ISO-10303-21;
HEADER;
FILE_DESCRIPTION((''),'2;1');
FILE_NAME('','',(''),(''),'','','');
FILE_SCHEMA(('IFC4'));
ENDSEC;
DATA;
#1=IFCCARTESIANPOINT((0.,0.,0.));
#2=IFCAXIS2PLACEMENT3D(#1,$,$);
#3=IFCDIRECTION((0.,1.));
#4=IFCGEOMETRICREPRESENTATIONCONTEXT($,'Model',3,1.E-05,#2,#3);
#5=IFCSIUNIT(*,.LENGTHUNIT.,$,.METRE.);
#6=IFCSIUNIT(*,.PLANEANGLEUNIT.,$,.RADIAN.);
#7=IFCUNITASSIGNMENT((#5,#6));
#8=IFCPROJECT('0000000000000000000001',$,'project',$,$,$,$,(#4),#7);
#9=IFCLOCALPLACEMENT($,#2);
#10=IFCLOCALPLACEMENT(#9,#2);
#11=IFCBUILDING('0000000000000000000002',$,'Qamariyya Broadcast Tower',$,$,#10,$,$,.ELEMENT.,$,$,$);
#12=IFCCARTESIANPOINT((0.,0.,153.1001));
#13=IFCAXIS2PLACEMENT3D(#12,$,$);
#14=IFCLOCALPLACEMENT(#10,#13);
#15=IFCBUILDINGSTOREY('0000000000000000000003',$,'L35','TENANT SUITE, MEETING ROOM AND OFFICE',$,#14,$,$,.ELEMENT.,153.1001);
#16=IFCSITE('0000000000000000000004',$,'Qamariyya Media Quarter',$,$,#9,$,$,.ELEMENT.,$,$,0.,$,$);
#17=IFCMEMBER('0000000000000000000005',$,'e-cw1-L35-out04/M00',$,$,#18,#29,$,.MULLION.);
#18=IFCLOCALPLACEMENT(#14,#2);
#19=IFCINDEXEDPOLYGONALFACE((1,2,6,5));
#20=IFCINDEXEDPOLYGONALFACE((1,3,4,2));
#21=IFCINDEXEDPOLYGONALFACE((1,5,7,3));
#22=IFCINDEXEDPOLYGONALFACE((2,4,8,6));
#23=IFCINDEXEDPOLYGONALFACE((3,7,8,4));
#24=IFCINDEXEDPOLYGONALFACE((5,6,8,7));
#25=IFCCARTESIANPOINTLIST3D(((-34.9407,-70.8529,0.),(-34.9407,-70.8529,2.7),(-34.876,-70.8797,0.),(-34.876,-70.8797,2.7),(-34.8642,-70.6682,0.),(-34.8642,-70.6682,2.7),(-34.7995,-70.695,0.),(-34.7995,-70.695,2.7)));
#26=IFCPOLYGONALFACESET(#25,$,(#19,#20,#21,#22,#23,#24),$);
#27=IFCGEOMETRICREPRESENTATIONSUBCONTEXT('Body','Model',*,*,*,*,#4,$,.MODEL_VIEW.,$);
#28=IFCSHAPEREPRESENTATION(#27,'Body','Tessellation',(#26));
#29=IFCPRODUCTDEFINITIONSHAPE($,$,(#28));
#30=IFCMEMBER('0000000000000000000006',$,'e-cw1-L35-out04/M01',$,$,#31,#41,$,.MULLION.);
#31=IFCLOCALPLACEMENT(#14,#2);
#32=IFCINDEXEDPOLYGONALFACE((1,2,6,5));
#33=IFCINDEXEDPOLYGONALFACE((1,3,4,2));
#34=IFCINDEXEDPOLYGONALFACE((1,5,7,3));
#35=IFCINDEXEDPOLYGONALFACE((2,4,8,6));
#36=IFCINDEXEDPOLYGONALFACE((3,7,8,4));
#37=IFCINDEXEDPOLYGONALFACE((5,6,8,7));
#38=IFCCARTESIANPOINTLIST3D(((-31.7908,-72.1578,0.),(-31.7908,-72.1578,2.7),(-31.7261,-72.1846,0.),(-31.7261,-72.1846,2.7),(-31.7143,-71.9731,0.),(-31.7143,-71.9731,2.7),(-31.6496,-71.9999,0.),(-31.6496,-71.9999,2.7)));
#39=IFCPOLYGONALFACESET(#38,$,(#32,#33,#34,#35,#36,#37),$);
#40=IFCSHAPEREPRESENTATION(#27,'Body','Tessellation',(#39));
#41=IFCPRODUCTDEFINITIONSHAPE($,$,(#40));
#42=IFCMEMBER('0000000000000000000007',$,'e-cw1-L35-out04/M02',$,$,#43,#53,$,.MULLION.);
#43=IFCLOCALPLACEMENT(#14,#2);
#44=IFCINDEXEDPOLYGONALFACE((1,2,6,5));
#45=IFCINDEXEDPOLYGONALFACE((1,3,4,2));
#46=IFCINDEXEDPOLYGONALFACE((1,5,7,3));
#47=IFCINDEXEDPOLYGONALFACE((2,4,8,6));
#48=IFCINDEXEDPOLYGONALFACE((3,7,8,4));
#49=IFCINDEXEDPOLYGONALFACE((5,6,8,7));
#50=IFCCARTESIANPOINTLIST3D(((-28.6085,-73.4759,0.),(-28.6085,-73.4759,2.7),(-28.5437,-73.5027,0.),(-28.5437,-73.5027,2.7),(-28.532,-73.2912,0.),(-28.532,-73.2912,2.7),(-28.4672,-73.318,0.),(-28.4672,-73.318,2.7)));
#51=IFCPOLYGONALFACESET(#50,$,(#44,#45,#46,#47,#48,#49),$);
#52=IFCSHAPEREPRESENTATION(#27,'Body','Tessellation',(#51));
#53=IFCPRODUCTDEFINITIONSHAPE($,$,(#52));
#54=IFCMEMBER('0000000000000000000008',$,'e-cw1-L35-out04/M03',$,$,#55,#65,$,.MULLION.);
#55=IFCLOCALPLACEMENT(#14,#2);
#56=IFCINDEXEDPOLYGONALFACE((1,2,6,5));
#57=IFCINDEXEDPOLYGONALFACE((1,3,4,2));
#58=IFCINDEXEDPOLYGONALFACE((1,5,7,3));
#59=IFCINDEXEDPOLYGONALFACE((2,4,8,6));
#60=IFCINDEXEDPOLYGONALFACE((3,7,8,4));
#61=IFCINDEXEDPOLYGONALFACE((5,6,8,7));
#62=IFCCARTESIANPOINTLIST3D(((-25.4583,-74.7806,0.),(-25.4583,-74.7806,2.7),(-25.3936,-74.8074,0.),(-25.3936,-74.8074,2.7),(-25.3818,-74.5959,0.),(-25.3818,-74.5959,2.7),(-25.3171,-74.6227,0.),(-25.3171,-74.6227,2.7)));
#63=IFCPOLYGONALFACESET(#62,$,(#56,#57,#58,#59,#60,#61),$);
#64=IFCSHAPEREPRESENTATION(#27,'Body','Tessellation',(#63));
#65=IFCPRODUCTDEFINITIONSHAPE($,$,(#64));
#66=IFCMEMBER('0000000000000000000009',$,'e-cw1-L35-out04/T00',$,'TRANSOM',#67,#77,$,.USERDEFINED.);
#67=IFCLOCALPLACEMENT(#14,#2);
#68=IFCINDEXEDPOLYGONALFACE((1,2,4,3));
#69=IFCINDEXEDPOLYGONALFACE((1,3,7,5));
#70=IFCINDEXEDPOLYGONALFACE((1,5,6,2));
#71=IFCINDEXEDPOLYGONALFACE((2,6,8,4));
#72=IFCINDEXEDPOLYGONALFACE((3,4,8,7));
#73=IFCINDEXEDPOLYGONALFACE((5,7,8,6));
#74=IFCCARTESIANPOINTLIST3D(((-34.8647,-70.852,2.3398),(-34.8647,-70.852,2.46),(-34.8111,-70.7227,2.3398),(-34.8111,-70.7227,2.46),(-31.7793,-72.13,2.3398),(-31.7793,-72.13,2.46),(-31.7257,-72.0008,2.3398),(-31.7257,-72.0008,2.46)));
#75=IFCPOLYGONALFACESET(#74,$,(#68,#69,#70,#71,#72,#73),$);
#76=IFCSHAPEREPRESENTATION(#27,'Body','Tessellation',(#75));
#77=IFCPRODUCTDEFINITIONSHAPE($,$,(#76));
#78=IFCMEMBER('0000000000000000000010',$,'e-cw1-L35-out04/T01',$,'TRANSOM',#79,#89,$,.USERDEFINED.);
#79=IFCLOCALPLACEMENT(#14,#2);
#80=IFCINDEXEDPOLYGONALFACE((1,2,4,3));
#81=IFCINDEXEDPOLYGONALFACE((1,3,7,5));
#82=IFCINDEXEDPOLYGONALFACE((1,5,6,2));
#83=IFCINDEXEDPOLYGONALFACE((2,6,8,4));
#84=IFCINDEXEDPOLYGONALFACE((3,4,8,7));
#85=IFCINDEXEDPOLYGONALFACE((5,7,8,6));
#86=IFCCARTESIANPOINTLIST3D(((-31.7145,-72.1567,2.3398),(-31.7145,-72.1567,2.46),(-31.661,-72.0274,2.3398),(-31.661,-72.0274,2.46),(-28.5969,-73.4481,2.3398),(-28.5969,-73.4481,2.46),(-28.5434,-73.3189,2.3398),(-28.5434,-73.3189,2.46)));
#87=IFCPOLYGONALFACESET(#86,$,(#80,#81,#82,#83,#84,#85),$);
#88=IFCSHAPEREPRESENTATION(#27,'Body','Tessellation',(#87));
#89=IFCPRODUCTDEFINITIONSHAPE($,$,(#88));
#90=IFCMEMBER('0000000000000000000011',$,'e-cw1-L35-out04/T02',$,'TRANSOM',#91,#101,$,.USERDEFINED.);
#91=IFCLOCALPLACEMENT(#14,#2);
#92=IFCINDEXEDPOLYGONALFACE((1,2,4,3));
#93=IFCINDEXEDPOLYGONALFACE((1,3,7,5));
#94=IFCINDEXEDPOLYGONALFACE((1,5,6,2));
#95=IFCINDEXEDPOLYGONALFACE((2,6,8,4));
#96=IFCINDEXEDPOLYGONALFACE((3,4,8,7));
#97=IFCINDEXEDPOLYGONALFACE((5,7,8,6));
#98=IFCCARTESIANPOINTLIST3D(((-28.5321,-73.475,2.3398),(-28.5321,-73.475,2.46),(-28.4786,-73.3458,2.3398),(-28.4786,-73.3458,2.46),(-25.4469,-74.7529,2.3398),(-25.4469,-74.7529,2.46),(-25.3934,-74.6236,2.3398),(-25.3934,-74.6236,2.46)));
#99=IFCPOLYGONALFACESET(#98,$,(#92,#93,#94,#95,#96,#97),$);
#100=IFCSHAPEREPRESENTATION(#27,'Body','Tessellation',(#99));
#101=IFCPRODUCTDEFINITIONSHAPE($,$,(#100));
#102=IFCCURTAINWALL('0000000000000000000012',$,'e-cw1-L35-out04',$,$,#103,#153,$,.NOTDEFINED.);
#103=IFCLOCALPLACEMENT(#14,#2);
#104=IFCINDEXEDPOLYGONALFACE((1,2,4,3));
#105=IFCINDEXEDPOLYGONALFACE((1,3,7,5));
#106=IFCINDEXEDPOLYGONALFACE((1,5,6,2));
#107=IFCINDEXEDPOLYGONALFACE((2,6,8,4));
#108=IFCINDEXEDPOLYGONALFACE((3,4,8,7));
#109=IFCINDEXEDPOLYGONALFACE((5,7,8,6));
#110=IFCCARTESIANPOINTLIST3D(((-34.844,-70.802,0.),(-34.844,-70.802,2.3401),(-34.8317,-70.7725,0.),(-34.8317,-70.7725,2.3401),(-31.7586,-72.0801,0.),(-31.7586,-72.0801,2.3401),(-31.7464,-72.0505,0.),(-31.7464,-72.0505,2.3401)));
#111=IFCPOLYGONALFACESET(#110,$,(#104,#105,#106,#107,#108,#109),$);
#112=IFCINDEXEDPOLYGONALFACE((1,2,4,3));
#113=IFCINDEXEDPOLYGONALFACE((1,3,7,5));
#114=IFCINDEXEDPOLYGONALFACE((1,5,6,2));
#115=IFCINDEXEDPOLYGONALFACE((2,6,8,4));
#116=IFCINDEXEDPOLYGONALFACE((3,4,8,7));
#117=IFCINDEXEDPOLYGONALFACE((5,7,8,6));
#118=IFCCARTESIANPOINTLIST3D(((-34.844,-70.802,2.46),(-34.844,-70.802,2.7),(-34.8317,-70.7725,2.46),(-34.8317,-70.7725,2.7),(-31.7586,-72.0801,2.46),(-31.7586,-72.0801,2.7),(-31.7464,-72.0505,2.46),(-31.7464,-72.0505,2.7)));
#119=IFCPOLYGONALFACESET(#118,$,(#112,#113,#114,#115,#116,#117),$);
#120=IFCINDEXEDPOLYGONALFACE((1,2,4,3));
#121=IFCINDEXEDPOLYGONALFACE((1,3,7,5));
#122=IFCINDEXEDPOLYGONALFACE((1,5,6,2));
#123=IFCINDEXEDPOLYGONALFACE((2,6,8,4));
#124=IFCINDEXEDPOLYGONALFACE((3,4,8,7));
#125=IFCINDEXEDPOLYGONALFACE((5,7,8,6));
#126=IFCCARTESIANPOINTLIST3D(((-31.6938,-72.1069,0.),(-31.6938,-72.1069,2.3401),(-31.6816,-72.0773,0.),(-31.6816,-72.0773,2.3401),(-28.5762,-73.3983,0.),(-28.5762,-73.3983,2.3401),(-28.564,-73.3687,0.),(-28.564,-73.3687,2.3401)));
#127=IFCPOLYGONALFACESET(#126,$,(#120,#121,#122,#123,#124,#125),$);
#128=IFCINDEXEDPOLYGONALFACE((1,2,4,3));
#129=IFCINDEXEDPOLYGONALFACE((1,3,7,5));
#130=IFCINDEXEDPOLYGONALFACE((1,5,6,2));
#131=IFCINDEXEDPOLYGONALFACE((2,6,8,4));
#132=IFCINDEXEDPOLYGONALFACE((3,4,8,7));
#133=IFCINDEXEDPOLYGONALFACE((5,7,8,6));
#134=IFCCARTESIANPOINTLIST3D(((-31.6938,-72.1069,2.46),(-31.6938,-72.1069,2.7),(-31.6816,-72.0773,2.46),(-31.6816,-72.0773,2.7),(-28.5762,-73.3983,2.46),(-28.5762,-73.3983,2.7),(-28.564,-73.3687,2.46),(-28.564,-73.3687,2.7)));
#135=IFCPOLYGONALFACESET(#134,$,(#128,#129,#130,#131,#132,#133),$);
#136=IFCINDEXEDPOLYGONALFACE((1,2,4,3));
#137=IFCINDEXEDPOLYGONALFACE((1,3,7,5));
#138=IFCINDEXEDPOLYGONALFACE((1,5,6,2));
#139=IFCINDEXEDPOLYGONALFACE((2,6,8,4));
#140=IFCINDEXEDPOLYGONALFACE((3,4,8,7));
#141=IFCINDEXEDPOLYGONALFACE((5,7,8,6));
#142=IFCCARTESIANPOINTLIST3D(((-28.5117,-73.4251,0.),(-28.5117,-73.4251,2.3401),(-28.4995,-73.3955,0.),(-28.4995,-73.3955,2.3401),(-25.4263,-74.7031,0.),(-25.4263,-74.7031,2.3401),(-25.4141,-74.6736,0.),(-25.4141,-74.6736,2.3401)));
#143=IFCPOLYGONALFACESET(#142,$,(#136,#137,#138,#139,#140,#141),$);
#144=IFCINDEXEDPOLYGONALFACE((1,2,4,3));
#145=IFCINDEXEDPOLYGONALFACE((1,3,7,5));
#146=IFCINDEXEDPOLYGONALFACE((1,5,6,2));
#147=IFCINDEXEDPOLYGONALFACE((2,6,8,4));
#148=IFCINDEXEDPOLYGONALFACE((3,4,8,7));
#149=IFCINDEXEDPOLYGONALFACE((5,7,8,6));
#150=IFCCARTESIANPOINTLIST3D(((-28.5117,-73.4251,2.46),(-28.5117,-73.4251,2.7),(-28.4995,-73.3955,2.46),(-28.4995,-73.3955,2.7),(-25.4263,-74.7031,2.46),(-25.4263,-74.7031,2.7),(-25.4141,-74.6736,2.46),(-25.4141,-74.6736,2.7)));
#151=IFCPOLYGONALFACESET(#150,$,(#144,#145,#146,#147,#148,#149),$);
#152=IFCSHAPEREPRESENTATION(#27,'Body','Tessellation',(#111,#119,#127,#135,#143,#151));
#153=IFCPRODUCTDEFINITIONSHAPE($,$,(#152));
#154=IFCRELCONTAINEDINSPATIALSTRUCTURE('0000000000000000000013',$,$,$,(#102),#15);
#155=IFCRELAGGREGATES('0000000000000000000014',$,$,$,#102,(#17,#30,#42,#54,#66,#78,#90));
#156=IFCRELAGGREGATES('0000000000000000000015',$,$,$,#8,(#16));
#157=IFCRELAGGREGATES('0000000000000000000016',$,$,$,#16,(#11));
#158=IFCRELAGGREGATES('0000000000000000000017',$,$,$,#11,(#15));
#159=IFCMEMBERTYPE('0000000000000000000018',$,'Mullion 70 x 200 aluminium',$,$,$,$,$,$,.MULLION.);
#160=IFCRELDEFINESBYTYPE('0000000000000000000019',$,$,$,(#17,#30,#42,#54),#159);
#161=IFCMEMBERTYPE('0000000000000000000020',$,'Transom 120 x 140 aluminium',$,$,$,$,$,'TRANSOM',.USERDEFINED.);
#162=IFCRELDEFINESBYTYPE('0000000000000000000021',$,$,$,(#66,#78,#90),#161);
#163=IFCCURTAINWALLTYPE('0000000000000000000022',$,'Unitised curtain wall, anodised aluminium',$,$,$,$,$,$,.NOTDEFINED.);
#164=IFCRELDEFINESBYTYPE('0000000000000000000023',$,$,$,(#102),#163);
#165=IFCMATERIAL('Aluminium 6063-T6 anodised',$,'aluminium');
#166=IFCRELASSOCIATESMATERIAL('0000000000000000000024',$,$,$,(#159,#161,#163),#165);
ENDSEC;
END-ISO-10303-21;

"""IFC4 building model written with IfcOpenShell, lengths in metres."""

from ifc_helpers import new_model, si_unit, direction, frame, origin, origin_2d, place, context, subcontext, project, spatial, rectangle, extrude, material, material_profile, profile_set, type_object, element, aggregate, save


model = new_model("IFC4")

# Units and contexts
model_context = context("Model", 3, precision=1e-05, world=origin(), true_north=direction((0.0, 1.0)))
body_context = subcontext(model_context, "Body", "Model", "MODEL_VIEW")
ifc_project = project(units=[si_unit("LENGTHUNIT", "METRE"), si_unit("PLANEANGLEUNIT", "RADIAN")], contexts=[model_context])

# Members
ifc_material = material(Name="Aluminium 6063-T6 anodised", Category="aluminium")
ifc_material_profile_1 = material_profile(ifc_material, rectangle(XDim=0.2, YDim=0.0701, at=origin_2d()))
ifc_profile_set_1 = profile_set([ifc_material_profile_1], Name="Aluminium 6063-T6 anodised")
member_type_1 = type_object("IfcMemberType", Name="Mullion 70 x 200 aluminium", PredefinedType="MULLION", material=ifc_profile_set_1)
site_placement = place(None, origin())
building_placement = place(site_placement, origin())
storey_placement = place(building_placement, frame((0.0, 0.0, 153.1001)))
member_1_placement = place(storey_placement, frame((-34.8701, -70.7739, 0.0), z_axis=(0.0, 0.0, 1.0), x_axis=(0.382683, 0.92388, 0.0)))
member_1 = element("IfcMember", 1, at=member_1_placement, type_object=member_type_1, Name="e-cw1-L35-out04/M00", PredefinedType="MULLION", context=body_context, shape_type="SweptSolid", body=[
    extrude(rectangle(XDim=0.2, YDim=0.0701, at=origin_2d()), origin(), (0.0, 0.0, 1.0), 2.7),
])
member_2_placement = place(storey_placement, frame((-31.7202, -72.0789, 0.0), z_axis=(0.0, 0.0, 1.0), x_axis=(0.382683, 0.92388, 0.0)))
member_2 = element("IfcMember", 2, at=member_2_placement, type_object=member_type_1, Name="e-cw1-L35-out04/M01", PredefinedType="MULLION", context=body_context, shape_type="SweptSolid", body=[
    extrude(rectangle(XDim=0.2, YDim=0.0701, at=origin_2d()), origin(), (0.0, 0.0, 1.0), 2.7),
])
member_3_placement = place(storey_placement, frame((-28.5378, -73.397, 0.0), z_axis=(0.0, 0.0, 1.0), x_axis=(0.382683, 0.92388, 0.0)))
member_3 = element("IfcMember", 3, at=member_3_placement, type_object=member_type_1, Name="e-cw1-L35-out04/M02", PredefinedType="MULLION", context=body_context, shape_type="SweptSolid", body=[
    extrude(rectangle(XDim=0.2, YDim=0.0701, at=origin_2d()), origin(), (0.0, 0.0, 1.0), 2.7),
])
member_4_placement = place(storey_placement, frame((-25.3877, -74.7017, 0.0), z_axis=(0.0, 0.0, 1.0), x_axis=(0.382683, 0.92388, 0.0)))
member_4 = element("IfcMember", 4, at=member_4_placement, type_object=member_type_1, Name="e-cw1-L35-out04/M03", PredefinedType="MULLION", context=body_context, shape_type="SweptSolid", body=[
    extrude(rectangle(XDim=0.2, YDim=0.0701, at=origin_2d()), origin(), (0.0, 0.0, 1.0), 2.7),
])
ifc_material_profile_2 = material_profile(ifc_material, rectangle(XDim=0.1399, YDim=0.1201, at=origin_2d()))
ifc_profile_set_2 = profile_set([ifc_material_profile_2], Name="Aluminium 6063-T6 anodised")
member_type_2 = type_object("IfcMemberType", Name="Transom 120 x 140 aluminium", ElementType="TRANSOM", PredefinedType="USERDEFINED", material=ifc_profile_set_2)
member_5_placement = place(storey_placement, frame((-34.8379, -70.7874, 2.3999), z_axis=(0.923875, -0.382694, 0.0), x_axis=(0.382694, 0.923875, 0.0)))
member_5 = element("IfcMember", 5, at=member_5_placement, type_object=member_type_2, Name="e-cw1-L35-out04/T00", ObjectType="TRANSOM", PredefinedType="USERDEFINED", context=body_context, shape_type="SweptSolid", body=[
    extrude(rectangle(XDim=0.1399, YDim=0.1201, at=origin_2d()), origin(), (0.0, 0.0, 1.0), 3.3396),
])
member_6_placement = place(storey_placement, frame((-31.6877, -72.092, 2.3999), z_axis=(0.923867, -0.382714, 0.0), x_axis=(0.382714, 0.923867, 0.0)))
member_6 = element("IfcMember", 6, at=member_6_placement, type_object=member_type_2, Name="e-cw1-L35-out04/T01", ObjectType="TRANSOM", PredefinedType="USERDEFINED", context=body_context, shape_type="SweptSolid", body=[
    extrude(rectangle(XDim=0.1399, YDim=0.1201, at=origin_2d()), origin(), (0.0, 0.0, 1.0), 3.3745),
])
member_7_placement = place(storey_placement, frame((-28.5054, -73.4104, 2.3999), z_axis=(0.92389, -0.382657, 0.0), x_axis=(0.382657, 0.92389, 0.0)))
member_7 = element("IfcMember", 7, at=member_7_placement, type_object=member_type_2, Name="e-cw1-L35-out04/T02", ObjectType="TRANSOM", PredefinedType="USERDEFINED", context=body_context, shape_type="SweptSolid", body=[
    extrude(rectangle(XDim=0.1399, YDim=0.1201, at=origin_2d()), origin(), (0.0, 0.0, 1.0), 3.3394),
])

# Site, building, storey
site = spatial("IfcSite", under=ifc_project, at=site_placement, Name="Qamariyya Media Quarter", CompositionType="ELEMENT", RefElevation=0.0)
building = spatial("IfcBuilding", under=site, at=building_placement, Name="Qamariyya Broadcast Tower", CompositionType="ELEMENT")
storey = spatial("IfcBuildingStorey", under=building, at=storey_placement, Name="L35", Description="TENANT SUITE, MEETING ROOM AND OFFICE", CompositionType="ELEMENT", Elevation=153.1001)

# Curtain wall
curtain_wall_type = type_object("IfcCurtainWallType", Name="Unitised curtain wall, anodised aluminium", PredefinedType="NOTDEFINED", material=ifc_material)
curtain_wall_1_placement = place(storey_placement, origin())
curtain_wall_1 = element("IfcCurtainWall", 8, at=curtain_wall_1_placement, inside=storey, type_object=curtain_wall_type, Name="e-cw1-L35-out04", PredefinedType="NOTDEFINED", context=body_context, shape_type="SweptSolid", body=[
    extrude(rectangle(XDim=3.3396, YDim=0.032, at=origin_2d()), frame((-33.2952, -71.4263, 0.0), x_axis=(0.923878, -0.382687, 0.0)), (0.0, 0.0, 1.0), 2.3401),
    extrude(rectangle(XDim=3.3396, YDim=0.032, at=origin_2d()), frame((-33.2952, -71.4263, 2.46), x_axis=(0.923878, -0.382687, 0.0)), (0.0, 0.0, 1.0), 0.24),
    extrude(rectangle(XDim=3.3745, YDim=0.032, at=origin_2d()), frame((-30.1289, -72.7378, 0.0), x_axis=(0.923878, -0.382687, 0.0)), (0.0, 0.0, 1.0), 2.3401),
    extrude(rectangle(XDim=3.3745, YDim=0.032, at=origin_2d()), frame((-30.1289, -72.7378, 2.46), x_axis=(0.923878, -0.382687, 0.0)), (0.0, 0.0, 1.0), 0.24),
    extrude(rectangle(XDim=3.3396, YDim=0.032, at=origin_2d()), frame((-26.9629, -74.0493, 0.0), x_axis=(0.923878, -0.382687, 0.0)), (0.0, 0.0, 1.0), 2.3401),
    extrude(rectangle(XDim=3.3396, YDim=0.032, at=origin_2d()), frame((-26.9629, -74.0493, 2.46), x_axis=(0.923878, -0.382687, 0.0)), (0.0, 0.0, 1.0), 0.24),
])
aggregate(curtain_wall_1, [member_1, member_2, member_3, member_4, member_5, member_6, member_7])

save(model, "model.ifc")
